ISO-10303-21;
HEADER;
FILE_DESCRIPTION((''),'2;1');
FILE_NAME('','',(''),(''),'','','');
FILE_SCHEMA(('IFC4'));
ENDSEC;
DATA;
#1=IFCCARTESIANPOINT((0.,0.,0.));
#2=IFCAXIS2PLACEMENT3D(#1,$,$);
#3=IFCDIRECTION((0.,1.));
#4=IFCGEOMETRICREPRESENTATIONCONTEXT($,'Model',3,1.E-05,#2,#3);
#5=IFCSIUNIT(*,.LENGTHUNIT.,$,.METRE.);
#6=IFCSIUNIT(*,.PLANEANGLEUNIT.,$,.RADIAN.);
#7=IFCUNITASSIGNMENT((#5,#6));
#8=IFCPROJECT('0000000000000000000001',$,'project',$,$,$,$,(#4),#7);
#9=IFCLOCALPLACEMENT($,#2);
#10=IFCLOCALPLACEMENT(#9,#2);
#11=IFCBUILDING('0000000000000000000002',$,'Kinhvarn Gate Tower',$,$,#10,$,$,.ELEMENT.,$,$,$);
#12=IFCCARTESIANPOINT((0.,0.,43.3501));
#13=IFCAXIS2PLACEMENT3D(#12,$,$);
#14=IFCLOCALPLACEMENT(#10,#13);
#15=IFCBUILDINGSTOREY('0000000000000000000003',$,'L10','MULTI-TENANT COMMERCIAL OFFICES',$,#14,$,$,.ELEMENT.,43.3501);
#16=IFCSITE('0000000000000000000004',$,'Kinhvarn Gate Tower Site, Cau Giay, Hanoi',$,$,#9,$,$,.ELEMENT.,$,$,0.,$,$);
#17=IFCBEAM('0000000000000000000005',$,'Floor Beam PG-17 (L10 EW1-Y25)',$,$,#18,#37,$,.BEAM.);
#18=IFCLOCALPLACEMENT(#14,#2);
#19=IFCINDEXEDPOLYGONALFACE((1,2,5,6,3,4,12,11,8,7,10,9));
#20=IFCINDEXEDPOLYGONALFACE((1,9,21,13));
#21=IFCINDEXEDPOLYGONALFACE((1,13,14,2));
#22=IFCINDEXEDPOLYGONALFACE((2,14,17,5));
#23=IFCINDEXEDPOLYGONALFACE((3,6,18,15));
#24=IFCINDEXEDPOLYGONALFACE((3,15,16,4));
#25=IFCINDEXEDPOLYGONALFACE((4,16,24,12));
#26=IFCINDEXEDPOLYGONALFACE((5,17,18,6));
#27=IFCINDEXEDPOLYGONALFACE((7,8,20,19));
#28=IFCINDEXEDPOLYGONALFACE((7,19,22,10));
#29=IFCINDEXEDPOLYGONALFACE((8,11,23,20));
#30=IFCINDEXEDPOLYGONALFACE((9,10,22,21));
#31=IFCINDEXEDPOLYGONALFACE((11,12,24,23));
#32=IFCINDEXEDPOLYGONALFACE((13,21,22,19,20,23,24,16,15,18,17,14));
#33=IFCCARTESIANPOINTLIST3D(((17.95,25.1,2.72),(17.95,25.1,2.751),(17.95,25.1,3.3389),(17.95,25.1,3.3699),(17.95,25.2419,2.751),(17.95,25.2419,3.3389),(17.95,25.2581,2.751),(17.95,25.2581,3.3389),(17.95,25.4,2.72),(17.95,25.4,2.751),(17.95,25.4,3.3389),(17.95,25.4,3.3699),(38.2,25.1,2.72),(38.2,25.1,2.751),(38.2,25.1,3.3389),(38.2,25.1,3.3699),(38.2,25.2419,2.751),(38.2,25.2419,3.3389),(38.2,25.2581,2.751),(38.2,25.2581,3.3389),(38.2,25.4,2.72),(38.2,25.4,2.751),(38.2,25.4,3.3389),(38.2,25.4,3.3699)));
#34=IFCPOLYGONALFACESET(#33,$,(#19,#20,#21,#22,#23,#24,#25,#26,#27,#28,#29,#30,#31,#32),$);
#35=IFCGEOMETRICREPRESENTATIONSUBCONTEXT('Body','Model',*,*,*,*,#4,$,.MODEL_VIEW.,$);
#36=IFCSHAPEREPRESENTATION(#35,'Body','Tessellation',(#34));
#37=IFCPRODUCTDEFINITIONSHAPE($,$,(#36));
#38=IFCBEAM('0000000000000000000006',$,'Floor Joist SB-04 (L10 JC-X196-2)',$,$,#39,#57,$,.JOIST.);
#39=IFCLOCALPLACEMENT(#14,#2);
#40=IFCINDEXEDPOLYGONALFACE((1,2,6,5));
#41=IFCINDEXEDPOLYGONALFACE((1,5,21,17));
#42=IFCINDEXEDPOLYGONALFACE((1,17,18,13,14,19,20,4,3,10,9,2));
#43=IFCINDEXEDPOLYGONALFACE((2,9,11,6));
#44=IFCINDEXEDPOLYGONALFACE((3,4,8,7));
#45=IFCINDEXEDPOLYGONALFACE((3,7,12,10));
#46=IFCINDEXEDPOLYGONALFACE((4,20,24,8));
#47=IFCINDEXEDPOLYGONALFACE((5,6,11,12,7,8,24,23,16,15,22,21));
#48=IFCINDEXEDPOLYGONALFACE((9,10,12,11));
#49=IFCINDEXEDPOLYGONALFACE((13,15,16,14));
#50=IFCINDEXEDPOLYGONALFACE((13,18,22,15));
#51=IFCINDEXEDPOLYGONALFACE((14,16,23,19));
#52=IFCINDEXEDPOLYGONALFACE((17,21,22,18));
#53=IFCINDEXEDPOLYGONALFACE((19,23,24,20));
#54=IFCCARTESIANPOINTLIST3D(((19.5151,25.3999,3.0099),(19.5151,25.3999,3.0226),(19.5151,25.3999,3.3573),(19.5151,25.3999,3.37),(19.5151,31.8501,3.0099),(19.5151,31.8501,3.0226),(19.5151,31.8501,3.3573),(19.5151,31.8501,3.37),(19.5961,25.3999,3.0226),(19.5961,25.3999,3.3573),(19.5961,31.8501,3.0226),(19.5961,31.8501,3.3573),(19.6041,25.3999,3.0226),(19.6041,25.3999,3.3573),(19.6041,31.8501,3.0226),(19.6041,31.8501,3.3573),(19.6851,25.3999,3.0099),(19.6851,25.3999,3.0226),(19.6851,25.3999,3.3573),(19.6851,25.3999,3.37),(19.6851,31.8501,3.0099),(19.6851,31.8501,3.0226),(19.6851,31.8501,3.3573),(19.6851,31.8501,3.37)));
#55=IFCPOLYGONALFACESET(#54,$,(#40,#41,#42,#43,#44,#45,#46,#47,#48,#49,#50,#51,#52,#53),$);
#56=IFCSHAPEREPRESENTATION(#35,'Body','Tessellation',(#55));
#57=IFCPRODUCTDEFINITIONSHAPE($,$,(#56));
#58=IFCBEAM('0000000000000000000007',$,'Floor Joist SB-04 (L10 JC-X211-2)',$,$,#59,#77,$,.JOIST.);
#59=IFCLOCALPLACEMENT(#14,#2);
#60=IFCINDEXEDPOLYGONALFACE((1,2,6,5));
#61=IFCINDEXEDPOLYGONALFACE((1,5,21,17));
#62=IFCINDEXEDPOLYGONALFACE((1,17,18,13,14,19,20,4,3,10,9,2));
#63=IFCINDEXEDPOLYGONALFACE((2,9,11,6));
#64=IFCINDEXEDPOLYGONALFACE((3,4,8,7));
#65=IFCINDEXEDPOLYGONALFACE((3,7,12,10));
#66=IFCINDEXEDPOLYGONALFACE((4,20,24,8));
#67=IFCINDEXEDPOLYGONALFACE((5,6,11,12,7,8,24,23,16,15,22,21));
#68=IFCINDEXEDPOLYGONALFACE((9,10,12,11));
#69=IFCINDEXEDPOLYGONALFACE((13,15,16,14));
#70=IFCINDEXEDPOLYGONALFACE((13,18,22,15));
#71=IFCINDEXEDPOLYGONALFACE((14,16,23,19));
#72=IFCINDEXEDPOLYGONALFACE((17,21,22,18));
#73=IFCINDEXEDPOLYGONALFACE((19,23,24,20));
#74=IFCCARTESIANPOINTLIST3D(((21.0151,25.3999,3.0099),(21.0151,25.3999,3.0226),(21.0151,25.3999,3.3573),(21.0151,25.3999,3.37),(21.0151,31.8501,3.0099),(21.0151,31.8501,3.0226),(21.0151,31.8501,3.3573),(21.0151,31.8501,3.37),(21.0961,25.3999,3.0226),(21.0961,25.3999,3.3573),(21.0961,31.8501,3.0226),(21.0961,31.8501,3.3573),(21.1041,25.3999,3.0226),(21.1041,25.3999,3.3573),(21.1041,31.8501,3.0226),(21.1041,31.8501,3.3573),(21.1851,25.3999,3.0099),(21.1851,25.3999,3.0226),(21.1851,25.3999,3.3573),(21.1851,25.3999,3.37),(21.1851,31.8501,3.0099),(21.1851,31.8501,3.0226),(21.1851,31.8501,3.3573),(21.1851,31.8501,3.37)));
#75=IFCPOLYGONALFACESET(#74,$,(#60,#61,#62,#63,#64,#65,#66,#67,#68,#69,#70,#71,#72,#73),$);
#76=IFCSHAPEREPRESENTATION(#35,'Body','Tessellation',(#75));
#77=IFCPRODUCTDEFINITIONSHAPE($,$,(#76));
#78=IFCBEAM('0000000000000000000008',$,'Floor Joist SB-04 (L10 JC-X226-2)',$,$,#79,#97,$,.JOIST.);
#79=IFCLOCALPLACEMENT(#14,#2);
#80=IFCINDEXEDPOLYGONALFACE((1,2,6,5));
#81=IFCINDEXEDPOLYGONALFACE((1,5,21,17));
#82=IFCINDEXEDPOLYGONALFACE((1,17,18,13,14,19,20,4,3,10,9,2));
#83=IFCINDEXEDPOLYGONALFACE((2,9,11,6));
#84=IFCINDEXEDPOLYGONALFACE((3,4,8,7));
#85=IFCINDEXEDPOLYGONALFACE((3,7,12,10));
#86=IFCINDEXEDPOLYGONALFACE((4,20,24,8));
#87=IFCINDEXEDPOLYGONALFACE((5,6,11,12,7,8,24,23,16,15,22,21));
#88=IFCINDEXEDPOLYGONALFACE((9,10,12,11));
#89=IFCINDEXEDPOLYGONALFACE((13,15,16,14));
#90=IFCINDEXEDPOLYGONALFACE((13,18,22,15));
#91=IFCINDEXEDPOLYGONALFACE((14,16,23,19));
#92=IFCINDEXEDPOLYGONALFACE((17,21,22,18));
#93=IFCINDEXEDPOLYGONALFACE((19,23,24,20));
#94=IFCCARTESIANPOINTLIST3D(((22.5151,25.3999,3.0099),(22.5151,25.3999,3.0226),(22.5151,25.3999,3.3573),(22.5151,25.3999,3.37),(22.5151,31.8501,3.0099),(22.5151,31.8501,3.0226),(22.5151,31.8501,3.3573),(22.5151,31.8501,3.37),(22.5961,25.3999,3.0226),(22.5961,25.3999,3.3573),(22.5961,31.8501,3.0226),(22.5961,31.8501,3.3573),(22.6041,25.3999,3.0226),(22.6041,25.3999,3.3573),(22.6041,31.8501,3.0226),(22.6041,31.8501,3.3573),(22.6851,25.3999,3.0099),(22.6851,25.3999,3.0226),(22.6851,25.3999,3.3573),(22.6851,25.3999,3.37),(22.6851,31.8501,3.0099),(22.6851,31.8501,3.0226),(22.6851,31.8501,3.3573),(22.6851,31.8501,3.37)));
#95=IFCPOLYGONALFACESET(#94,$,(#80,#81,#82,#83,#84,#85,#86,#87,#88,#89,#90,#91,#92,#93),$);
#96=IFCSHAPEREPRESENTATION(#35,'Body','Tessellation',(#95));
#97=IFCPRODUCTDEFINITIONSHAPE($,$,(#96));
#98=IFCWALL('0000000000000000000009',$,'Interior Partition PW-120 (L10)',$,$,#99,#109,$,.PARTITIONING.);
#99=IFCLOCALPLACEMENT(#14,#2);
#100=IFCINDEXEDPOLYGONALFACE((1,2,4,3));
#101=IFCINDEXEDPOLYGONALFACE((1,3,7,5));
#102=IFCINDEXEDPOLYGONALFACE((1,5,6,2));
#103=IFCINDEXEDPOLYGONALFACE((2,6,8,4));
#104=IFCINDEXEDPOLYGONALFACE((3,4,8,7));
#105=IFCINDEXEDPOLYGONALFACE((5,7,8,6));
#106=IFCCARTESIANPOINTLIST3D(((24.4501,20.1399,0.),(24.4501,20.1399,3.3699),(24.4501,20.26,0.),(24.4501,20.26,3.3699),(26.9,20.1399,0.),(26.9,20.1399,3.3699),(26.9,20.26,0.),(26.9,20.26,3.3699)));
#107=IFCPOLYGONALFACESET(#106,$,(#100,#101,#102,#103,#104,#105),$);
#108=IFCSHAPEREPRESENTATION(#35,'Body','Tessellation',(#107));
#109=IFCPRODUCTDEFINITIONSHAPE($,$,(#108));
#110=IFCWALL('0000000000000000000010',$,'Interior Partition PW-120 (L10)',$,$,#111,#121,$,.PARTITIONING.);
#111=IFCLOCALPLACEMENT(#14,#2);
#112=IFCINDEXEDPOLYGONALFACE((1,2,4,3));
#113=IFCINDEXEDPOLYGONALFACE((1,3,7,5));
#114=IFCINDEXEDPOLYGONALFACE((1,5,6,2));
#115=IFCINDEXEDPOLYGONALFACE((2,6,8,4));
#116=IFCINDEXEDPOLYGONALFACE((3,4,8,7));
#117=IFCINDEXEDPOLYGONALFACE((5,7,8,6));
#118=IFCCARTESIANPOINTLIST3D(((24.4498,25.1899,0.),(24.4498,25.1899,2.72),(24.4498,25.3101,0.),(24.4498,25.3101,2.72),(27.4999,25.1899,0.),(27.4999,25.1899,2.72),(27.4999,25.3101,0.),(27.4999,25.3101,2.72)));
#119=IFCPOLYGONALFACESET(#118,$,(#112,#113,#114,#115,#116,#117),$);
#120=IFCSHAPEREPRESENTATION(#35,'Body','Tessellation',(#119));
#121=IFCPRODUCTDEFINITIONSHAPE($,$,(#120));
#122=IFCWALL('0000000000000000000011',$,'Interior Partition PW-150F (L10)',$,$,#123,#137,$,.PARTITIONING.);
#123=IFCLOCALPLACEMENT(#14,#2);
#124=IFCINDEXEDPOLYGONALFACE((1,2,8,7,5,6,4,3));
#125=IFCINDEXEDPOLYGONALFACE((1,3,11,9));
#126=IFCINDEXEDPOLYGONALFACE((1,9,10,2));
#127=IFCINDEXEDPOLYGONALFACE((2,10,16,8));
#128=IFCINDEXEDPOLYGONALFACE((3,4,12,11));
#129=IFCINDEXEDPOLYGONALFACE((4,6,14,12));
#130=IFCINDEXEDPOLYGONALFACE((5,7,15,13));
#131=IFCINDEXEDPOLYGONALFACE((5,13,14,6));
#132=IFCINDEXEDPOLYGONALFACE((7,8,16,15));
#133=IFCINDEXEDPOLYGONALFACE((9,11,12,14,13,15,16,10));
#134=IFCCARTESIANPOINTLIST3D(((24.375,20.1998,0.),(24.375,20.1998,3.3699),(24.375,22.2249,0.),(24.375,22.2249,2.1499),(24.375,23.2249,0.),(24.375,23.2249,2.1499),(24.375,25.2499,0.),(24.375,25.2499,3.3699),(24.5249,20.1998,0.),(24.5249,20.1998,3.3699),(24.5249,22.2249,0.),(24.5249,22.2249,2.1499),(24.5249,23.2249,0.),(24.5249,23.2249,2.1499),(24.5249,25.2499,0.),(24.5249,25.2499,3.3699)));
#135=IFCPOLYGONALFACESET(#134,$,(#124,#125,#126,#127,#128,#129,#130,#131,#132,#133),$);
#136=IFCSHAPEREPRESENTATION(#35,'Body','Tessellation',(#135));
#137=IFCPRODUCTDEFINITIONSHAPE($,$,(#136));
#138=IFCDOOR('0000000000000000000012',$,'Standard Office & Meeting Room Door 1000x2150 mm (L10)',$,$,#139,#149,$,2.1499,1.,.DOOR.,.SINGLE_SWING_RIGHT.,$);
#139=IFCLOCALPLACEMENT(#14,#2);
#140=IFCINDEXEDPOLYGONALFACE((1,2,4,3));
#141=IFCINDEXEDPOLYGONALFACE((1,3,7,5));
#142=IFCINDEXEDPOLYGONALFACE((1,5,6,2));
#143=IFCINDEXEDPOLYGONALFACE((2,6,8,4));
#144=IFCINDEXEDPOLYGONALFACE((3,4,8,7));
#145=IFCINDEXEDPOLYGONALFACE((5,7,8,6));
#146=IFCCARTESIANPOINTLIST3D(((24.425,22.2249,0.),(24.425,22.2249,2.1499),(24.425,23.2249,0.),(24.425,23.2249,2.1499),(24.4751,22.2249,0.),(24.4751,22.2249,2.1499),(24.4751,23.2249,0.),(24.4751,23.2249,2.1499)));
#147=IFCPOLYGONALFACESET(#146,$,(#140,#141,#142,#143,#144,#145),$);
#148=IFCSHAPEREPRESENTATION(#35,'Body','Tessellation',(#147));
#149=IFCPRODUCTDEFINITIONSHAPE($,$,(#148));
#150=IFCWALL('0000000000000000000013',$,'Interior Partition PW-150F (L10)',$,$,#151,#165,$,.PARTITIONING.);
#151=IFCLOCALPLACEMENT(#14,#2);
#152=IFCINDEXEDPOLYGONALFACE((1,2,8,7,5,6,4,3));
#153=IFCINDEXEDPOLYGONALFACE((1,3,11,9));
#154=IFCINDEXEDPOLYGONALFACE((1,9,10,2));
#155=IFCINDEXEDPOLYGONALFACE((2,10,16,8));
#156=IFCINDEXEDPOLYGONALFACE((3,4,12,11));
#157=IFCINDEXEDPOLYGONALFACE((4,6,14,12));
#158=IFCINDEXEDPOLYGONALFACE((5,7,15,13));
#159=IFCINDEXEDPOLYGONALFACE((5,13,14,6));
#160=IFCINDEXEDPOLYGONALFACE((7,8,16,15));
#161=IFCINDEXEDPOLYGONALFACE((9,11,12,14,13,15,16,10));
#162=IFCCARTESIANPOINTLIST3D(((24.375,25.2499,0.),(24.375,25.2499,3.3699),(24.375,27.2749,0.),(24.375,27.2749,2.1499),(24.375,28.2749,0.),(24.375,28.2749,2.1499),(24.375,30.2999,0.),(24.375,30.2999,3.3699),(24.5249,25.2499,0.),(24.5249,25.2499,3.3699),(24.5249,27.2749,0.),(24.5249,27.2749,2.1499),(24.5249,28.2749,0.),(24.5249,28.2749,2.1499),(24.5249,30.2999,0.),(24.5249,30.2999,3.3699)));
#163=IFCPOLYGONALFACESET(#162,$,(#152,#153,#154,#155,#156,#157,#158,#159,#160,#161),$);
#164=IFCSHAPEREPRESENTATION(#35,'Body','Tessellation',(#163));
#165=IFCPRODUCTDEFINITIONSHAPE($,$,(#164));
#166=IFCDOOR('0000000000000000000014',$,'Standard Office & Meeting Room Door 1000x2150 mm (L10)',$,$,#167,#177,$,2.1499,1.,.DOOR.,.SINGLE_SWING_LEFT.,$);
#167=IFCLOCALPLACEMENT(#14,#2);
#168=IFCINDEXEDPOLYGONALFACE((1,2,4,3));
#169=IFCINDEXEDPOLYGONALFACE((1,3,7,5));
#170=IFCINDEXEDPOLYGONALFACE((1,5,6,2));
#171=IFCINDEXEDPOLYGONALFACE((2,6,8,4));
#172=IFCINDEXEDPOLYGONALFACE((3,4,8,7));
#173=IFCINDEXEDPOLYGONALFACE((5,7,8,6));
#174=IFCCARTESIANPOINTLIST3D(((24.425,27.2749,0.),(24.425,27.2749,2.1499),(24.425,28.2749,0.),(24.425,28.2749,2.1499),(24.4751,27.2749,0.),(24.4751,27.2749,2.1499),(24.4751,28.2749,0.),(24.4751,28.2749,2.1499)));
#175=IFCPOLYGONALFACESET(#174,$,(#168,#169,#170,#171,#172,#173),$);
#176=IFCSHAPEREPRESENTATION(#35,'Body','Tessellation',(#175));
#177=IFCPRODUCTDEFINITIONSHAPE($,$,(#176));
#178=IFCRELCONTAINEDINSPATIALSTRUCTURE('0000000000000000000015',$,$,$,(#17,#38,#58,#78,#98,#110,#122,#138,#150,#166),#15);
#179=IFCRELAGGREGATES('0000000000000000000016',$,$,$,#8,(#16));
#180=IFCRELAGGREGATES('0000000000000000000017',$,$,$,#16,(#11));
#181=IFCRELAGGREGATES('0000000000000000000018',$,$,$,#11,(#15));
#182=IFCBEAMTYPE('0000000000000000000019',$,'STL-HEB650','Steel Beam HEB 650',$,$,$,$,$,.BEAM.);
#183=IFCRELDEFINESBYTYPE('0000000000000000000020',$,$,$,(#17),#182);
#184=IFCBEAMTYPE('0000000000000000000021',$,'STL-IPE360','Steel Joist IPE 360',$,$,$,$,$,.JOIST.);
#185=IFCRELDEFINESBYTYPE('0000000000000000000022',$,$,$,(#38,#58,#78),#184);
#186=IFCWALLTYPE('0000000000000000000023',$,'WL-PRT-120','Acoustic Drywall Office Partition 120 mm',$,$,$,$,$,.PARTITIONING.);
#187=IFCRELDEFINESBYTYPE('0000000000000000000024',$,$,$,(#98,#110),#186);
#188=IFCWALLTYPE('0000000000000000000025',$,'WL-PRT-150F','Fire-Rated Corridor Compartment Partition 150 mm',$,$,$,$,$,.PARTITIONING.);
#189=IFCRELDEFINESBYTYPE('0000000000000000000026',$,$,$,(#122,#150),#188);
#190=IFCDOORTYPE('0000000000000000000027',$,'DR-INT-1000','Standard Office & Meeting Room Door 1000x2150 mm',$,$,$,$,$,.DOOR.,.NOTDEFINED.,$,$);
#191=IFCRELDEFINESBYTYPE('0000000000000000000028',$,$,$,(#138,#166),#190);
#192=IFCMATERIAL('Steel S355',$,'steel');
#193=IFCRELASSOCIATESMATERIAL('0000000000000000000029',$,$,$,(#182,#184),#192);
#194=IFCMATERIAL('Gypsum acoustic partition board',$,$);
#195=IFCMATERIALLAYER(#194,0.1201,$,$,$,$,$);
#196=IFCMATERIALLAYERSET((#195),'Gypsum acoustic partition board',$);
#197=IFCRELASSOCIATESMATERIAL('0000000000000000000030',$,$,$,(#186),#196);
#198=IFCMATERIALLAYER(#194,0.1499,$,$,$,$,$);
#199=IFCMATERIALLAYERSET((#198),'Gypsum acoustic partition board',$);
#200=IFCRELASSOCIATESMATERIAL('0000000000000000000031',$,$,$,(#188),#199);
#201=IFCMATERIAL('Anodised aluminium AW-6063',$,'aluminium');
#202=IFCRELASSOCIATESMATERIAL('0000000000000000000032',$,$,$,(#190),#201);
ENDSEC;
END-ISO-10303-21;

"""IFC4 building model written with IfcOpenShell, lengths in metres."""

from ifc_helpers import new_model, si_unit, direction, frame, frame_2d, origin, origin_2d, place, context, subcontext, project, spatial, rectangle, i_section, extrude, material, layer, layer_set, material_profile, profile_set, type_object, element, fill, save


model = new_model("IFC4")

# Units and contexts
model_context = context("Model", 3, precision=1e-05, world=origin(), true_north=direction((0.0, 1.0)))
body_context = subcontext(model_context, "Body", "Model", "MODEL_VIEW")
ifc_project = project(units=[si_unit("LENGTHUNIT", "METRE"), si_unit("PLANEANGLEUNIT", "RADIAN")], contexts=[model_context])

# Site, building, storey
site_placement = place(None, origin())
site = spatial("IfcSite", under=ifc_project, at=site_placement, Name="Kinhvarn Gate Tower Site, Cau Giay, Hanoi", CompositionType="ELEMENT", RefElevation=0.0)
building_placement = place(site_placement, origin())
building = spatial("IfcBuilding", under=site, at=building_placement, Name="Kinhvarn Gate Tower", CompositionType="ELEMENT")
storey_placement = place(building_placement, frame((0.0, 0.0, 43.3501)))
storey = spatial("IfcBuildingStorey", under=building, at=storey_placement, Name="L10", Description="MULTI-TENANT COMMERCIAL OFFICES", CompositionType="ELEMENT", Elevation=43.3501)

# Beams
ifc_material_1 = material(Name="Steel S355", Category="steel")
ifc_material_profile_1 = material_profile(ifc_material_1, i_section(OverallWidth=0.3, OverallDepth=0.6499, WebThickness=0.0161, FlangeThickness=0.031, at=origin_2d()), Name="HEB 650")
ifc_profile_set_1 = profile_set([ifc_material_profile_1], Name="Steel S355")
beam_type_1 = type_object("IfcBeamType", Name="STL-HEB650", Description="Steel Beam HEB 650", PredefinedType="BEAM", material=ifc_profile_set_1)
beam_placement = place(storey_placement, frame((17.95, 25.25, 3.0449), z_axis=(1.0, 0.0, 0.0), x_axis=(0.0, 1.0, 0.0)))
element("IfcBeam", 1, at=beam_placement, inside=storey, type_object=beam_type_1, Name="Floor Beam PG-17 (L10 EW1-Y25)", PredefinedType="BEAM", context=body_context, shape_type="SweptSolid", body=[
    extrude(i_section(OverallWidth=0.3, OverallDepth=0.6499, WebThickness=0.0161, FlangeThickness=0.031, at=origin_2d()), origin(), (0.0, 0.0, 1.0), 20.25),
])
ifc_material_profile_2 = material_profile(ifc_material_1, i_section(OverallWidth=0.1699, OverallDepth=0.3601, WebThickness=0.0081, FlangeThickness=0.0127, at=origin_2d()), Name="IPE 360")
ifc_profile_set_2 = profile_set([ifc_material_profile_2], Name="Steel S355")
beam_type_2 = type_object("IfcBeamType", Name="STL-IPE360", Description="Steel Joist IPE 360", PredefinedType="JOIST", material=ifc_profile_set_2)
for number, where, z_axis, x_axis, name in (
    (2, (19.6001, 25.3999, 3.1899), (0.0, 1.0, 0.0), (-1.0, 0.0, 0.0), "Floor Joist SB-04 (L10 JC-X196-2)"),
    (3, (21.1001, 25.3999, 3.1899), (0.0, 1.0, 0.0), (-1.0, 0.0, 0.0), "Floor Joist SB-04 (L10 JC-X211-2)"),
    (4, (22.6001, 25.3999, 3.1899), (0.0, 1.0, 0.0), (-1.0, 0.0, 0.0), "Floor Joist SB-04 (L10 JC-X226-2)"),
):
    element("IfcBeam", number, at=place(storey_placement, frame(where, z_axis=z_axis, x_axis=x_axis)), inside=storey, type_object=beam_type_2, Name=name, PredefinedType="JOIST", context=body_context, shape_type="SweptSolid", body=[
        extrude(i_section(OverallWidth=0.1699, OverallDepth=0.3601, WebThickness=0.0081, FlangeThickness=0.0127, at=origin_2d()), origin(), (0.0, 0.0, 1.0), 6.4502),
    ])

# Walls
ifc_material_2 = material(Name="Gypsum acoustic partition board")
ifc_layer_1 = layer(ifc_material_2, 0.1201)
ifc_layer_set_1 = layer_set([ifc_layer_1], Name="Gypsum acoustic partition board")
wall_type_1 = type_object("IfcWallType", Name="WL-PRT-120", Description="Acoustic Drywall Office Partition 120 mm", PredefinedType="PARTITIONING", material=ifc_layer_set_1)
wall_1_placement = place(storey_placement, frame((24.45, 20.2, 0.0), z_axis=(0.0, 0.0, 1.0), x_axis=(1.0, 0.0, 0.0)))
element("IfcWall", 5, at=wall_1_placement, inside=storey, type_object=wall_type_1, Name="Interior Partition PW-120 (L10)", PredefinedType="PARTITIONING", context=body_context, shape_type="SweptSolid", body=[
    extrude(rectangle(XDim=2.45, YDim=0.1201, at=frame_2d((1.2251, 0.0))), origin(), (0.0, 0.0, 1.0), 3.3699),
])
wall_2_placement = place(storey_placement, frame((24.45, 25.25, 0.0), z_axis=(0.0, 0.0, 1.0), x_axis=(1.0, 0.0, 0.0)))
element("IfcWall", 6, at=wall_2_placement, inside=storey, type_object=wall_type_1, Name="Interior Partition PW-120 (L10)", PredefinedType="PARTITIONING", context=body_context, shape_type="SweptSolid", body=[
    extrude(rectangle(XDim=3.05, YDim=0.1201, at=frame_2d((1.5249, 0.0))), origin(), (0.0, 0.0, 1.0), 2.72),
])

# Walls, openings, doors
ifc_layer_2 = layer(ifc_material_2, 0.1499)
ifc_layer_set_2 = layer_set([ifc_layer_2], Name="Gypsum acoustic partition board")
wall_type_2 = type_object("IfcWallType", Name="WL-PRT-150F", Description="Fire-Rated Corridor Compartment Partition 150 mm", PredefinedType="PARTITIONING", material=ifc_layer_set_2)
wall_3_placement = place(storey_placement, frame((24.45, 20.2, 0.0), z_axis=(0.0, 0.0, 1.0), x_axis=(0.0, 1.0, 0.0)))
wall_3 = element("IfcWall", 7, at=wall_3_placement, inside=storey, type_object=wall_type_2, Name="Interior Partition PW-150F (L10)", PredefinedType="PARTITIONING", context=body_context, shape_type="SweptSolid", body=[
    extrude(rectangle(XDim=5.05, YDim=0.1499, at=frame_2d((2.5249, 0.0))), origin(), (0.0, 0.0, 1.0), 3.3699),
])
opening_1_placement = place(wall_3_placement, frame((2.0249, 0.0, 0.0)))
opening_1 = element("IfcOpeningElement", 8, at=opening_1_placement, cuts=wall_3, PredefinedType="OPENING", context=body_context, shape_type="SweptSolid", body=[
    extrude(rectangle(XDim=1.0, YDim=2.1499, at=frame_2d((0.5, 1.075))), frame((0.0, 0.085, 0.0), z_axis=(0.0, -1.0, 0.0), x_axis=(1.0, 0.0, 0.0)), (0.0, 0.0, 1.0), 0.1699),
])
ifc_material_3 = material(Name="Anodised aluminium AW-6063", Category="aluminium")
door_type_1 = type_object("IfcDoorType", Name="DR-INT-1000", Description="Standard Office & Meeting Room Door 1000x2150 mm", OperationType="NOTDEFINED", PredefinedType="DOOR", material=ifc_material_3)
door_1_placement = place(opening_1_placement, origin())
door_1 = element("IfcDoor", 9, at=door_1_placement, inside=storey, type_object=door_type_1, Name="Standard Office & Meeting Room Door 1000x2150 mm (L10)", OperationType="SINGLE_SWING_RIGHT", OverallHeight=2.1499, OverallWidth=1.0, PredefinedType="DOOR", context=body_context, shape_type="SweptSolid", body=[
    extrude(rectangle(XDim=1.0, YDim=2.1499, at=frame_2d((0.5, 1.075))), frame((0.0, 0.0249, 0.0), z_axis=(0.0, -1.0, 0.0), x_axis=(1.0, 0.0, 0.0)), (0.0, 0.0, 1.0), 0.05),
])
fill(opening_1, door_1)
wall_4_placement = place(storey_placement, frame((24.45, 25.25, 0.0), z_axis=(0.0, 0.0, 1.0), x_axis=(0.0, 1.0, 0.0)))
wall_4 = element("IfcWall", 10, at=wall_4_placement, inside=storey, type_object=wall_type_2, Name="Interior Partition PW-150F (L10)", PredefinedType="PARTITIONING", context=body_context, shape_type="SweptSolid", body=[
    extrude(rectangle(XDim=5.05, YDim=0.1499, at=frame_2d((2.5249, 0.0))), origin(), (0.0, 0.0, 1.0), 3.3699),
])
opening_2_placement = place(wall_4_placement, frame((2.0249, 0.0, 0.0)))
opening_2 = element("IfcOpeningElement", 11, at=opening_2_placement, cuts=wall_4, PredefinedType="OPENING", context=body_context, shape_type="SweptSolid", body=[
    extrude(rectangle(XDim=1.0, YDim=2.1499, at=frame_2d((0.5, 1.075))), frame((0.0, 0.085, 0.0), z_axis=(0.0, -1.0, 0.0), x_axis=(1.0, 0.0, 0.0)), (0.0, 0.0, 1.0), 0.1699),
])
door_2_placement = place(opening_2_placement, origin())
door_2 = element("IfcDoor", 12, at=door_2_placement, inside=storey, type_object=door_type_1, Name="Standard Office & Meeting Room Door 1000x2150 mm (L10)", OperationType="SINGLE_SWING_LEFT", OverallHeight=2.1499, OverallWidth=1.0, PredefinedType="DOOR", context=body_context, shape_type="SweptSolid", body=[
    extrude(rectangle(XDim=1.0, YDim=2.1499, at=frame_2d((0.5, 1.075))), frame((0.0, 0.0249, 0.0), z_axis=(0.0, -1.0, 0.0), x_axis=(1.0, 0.0, 0.0)), (0.0, 0.0, 1.0), 0.05),
])
fill(opening_2, door_2)

save(model, "model.ifc")
